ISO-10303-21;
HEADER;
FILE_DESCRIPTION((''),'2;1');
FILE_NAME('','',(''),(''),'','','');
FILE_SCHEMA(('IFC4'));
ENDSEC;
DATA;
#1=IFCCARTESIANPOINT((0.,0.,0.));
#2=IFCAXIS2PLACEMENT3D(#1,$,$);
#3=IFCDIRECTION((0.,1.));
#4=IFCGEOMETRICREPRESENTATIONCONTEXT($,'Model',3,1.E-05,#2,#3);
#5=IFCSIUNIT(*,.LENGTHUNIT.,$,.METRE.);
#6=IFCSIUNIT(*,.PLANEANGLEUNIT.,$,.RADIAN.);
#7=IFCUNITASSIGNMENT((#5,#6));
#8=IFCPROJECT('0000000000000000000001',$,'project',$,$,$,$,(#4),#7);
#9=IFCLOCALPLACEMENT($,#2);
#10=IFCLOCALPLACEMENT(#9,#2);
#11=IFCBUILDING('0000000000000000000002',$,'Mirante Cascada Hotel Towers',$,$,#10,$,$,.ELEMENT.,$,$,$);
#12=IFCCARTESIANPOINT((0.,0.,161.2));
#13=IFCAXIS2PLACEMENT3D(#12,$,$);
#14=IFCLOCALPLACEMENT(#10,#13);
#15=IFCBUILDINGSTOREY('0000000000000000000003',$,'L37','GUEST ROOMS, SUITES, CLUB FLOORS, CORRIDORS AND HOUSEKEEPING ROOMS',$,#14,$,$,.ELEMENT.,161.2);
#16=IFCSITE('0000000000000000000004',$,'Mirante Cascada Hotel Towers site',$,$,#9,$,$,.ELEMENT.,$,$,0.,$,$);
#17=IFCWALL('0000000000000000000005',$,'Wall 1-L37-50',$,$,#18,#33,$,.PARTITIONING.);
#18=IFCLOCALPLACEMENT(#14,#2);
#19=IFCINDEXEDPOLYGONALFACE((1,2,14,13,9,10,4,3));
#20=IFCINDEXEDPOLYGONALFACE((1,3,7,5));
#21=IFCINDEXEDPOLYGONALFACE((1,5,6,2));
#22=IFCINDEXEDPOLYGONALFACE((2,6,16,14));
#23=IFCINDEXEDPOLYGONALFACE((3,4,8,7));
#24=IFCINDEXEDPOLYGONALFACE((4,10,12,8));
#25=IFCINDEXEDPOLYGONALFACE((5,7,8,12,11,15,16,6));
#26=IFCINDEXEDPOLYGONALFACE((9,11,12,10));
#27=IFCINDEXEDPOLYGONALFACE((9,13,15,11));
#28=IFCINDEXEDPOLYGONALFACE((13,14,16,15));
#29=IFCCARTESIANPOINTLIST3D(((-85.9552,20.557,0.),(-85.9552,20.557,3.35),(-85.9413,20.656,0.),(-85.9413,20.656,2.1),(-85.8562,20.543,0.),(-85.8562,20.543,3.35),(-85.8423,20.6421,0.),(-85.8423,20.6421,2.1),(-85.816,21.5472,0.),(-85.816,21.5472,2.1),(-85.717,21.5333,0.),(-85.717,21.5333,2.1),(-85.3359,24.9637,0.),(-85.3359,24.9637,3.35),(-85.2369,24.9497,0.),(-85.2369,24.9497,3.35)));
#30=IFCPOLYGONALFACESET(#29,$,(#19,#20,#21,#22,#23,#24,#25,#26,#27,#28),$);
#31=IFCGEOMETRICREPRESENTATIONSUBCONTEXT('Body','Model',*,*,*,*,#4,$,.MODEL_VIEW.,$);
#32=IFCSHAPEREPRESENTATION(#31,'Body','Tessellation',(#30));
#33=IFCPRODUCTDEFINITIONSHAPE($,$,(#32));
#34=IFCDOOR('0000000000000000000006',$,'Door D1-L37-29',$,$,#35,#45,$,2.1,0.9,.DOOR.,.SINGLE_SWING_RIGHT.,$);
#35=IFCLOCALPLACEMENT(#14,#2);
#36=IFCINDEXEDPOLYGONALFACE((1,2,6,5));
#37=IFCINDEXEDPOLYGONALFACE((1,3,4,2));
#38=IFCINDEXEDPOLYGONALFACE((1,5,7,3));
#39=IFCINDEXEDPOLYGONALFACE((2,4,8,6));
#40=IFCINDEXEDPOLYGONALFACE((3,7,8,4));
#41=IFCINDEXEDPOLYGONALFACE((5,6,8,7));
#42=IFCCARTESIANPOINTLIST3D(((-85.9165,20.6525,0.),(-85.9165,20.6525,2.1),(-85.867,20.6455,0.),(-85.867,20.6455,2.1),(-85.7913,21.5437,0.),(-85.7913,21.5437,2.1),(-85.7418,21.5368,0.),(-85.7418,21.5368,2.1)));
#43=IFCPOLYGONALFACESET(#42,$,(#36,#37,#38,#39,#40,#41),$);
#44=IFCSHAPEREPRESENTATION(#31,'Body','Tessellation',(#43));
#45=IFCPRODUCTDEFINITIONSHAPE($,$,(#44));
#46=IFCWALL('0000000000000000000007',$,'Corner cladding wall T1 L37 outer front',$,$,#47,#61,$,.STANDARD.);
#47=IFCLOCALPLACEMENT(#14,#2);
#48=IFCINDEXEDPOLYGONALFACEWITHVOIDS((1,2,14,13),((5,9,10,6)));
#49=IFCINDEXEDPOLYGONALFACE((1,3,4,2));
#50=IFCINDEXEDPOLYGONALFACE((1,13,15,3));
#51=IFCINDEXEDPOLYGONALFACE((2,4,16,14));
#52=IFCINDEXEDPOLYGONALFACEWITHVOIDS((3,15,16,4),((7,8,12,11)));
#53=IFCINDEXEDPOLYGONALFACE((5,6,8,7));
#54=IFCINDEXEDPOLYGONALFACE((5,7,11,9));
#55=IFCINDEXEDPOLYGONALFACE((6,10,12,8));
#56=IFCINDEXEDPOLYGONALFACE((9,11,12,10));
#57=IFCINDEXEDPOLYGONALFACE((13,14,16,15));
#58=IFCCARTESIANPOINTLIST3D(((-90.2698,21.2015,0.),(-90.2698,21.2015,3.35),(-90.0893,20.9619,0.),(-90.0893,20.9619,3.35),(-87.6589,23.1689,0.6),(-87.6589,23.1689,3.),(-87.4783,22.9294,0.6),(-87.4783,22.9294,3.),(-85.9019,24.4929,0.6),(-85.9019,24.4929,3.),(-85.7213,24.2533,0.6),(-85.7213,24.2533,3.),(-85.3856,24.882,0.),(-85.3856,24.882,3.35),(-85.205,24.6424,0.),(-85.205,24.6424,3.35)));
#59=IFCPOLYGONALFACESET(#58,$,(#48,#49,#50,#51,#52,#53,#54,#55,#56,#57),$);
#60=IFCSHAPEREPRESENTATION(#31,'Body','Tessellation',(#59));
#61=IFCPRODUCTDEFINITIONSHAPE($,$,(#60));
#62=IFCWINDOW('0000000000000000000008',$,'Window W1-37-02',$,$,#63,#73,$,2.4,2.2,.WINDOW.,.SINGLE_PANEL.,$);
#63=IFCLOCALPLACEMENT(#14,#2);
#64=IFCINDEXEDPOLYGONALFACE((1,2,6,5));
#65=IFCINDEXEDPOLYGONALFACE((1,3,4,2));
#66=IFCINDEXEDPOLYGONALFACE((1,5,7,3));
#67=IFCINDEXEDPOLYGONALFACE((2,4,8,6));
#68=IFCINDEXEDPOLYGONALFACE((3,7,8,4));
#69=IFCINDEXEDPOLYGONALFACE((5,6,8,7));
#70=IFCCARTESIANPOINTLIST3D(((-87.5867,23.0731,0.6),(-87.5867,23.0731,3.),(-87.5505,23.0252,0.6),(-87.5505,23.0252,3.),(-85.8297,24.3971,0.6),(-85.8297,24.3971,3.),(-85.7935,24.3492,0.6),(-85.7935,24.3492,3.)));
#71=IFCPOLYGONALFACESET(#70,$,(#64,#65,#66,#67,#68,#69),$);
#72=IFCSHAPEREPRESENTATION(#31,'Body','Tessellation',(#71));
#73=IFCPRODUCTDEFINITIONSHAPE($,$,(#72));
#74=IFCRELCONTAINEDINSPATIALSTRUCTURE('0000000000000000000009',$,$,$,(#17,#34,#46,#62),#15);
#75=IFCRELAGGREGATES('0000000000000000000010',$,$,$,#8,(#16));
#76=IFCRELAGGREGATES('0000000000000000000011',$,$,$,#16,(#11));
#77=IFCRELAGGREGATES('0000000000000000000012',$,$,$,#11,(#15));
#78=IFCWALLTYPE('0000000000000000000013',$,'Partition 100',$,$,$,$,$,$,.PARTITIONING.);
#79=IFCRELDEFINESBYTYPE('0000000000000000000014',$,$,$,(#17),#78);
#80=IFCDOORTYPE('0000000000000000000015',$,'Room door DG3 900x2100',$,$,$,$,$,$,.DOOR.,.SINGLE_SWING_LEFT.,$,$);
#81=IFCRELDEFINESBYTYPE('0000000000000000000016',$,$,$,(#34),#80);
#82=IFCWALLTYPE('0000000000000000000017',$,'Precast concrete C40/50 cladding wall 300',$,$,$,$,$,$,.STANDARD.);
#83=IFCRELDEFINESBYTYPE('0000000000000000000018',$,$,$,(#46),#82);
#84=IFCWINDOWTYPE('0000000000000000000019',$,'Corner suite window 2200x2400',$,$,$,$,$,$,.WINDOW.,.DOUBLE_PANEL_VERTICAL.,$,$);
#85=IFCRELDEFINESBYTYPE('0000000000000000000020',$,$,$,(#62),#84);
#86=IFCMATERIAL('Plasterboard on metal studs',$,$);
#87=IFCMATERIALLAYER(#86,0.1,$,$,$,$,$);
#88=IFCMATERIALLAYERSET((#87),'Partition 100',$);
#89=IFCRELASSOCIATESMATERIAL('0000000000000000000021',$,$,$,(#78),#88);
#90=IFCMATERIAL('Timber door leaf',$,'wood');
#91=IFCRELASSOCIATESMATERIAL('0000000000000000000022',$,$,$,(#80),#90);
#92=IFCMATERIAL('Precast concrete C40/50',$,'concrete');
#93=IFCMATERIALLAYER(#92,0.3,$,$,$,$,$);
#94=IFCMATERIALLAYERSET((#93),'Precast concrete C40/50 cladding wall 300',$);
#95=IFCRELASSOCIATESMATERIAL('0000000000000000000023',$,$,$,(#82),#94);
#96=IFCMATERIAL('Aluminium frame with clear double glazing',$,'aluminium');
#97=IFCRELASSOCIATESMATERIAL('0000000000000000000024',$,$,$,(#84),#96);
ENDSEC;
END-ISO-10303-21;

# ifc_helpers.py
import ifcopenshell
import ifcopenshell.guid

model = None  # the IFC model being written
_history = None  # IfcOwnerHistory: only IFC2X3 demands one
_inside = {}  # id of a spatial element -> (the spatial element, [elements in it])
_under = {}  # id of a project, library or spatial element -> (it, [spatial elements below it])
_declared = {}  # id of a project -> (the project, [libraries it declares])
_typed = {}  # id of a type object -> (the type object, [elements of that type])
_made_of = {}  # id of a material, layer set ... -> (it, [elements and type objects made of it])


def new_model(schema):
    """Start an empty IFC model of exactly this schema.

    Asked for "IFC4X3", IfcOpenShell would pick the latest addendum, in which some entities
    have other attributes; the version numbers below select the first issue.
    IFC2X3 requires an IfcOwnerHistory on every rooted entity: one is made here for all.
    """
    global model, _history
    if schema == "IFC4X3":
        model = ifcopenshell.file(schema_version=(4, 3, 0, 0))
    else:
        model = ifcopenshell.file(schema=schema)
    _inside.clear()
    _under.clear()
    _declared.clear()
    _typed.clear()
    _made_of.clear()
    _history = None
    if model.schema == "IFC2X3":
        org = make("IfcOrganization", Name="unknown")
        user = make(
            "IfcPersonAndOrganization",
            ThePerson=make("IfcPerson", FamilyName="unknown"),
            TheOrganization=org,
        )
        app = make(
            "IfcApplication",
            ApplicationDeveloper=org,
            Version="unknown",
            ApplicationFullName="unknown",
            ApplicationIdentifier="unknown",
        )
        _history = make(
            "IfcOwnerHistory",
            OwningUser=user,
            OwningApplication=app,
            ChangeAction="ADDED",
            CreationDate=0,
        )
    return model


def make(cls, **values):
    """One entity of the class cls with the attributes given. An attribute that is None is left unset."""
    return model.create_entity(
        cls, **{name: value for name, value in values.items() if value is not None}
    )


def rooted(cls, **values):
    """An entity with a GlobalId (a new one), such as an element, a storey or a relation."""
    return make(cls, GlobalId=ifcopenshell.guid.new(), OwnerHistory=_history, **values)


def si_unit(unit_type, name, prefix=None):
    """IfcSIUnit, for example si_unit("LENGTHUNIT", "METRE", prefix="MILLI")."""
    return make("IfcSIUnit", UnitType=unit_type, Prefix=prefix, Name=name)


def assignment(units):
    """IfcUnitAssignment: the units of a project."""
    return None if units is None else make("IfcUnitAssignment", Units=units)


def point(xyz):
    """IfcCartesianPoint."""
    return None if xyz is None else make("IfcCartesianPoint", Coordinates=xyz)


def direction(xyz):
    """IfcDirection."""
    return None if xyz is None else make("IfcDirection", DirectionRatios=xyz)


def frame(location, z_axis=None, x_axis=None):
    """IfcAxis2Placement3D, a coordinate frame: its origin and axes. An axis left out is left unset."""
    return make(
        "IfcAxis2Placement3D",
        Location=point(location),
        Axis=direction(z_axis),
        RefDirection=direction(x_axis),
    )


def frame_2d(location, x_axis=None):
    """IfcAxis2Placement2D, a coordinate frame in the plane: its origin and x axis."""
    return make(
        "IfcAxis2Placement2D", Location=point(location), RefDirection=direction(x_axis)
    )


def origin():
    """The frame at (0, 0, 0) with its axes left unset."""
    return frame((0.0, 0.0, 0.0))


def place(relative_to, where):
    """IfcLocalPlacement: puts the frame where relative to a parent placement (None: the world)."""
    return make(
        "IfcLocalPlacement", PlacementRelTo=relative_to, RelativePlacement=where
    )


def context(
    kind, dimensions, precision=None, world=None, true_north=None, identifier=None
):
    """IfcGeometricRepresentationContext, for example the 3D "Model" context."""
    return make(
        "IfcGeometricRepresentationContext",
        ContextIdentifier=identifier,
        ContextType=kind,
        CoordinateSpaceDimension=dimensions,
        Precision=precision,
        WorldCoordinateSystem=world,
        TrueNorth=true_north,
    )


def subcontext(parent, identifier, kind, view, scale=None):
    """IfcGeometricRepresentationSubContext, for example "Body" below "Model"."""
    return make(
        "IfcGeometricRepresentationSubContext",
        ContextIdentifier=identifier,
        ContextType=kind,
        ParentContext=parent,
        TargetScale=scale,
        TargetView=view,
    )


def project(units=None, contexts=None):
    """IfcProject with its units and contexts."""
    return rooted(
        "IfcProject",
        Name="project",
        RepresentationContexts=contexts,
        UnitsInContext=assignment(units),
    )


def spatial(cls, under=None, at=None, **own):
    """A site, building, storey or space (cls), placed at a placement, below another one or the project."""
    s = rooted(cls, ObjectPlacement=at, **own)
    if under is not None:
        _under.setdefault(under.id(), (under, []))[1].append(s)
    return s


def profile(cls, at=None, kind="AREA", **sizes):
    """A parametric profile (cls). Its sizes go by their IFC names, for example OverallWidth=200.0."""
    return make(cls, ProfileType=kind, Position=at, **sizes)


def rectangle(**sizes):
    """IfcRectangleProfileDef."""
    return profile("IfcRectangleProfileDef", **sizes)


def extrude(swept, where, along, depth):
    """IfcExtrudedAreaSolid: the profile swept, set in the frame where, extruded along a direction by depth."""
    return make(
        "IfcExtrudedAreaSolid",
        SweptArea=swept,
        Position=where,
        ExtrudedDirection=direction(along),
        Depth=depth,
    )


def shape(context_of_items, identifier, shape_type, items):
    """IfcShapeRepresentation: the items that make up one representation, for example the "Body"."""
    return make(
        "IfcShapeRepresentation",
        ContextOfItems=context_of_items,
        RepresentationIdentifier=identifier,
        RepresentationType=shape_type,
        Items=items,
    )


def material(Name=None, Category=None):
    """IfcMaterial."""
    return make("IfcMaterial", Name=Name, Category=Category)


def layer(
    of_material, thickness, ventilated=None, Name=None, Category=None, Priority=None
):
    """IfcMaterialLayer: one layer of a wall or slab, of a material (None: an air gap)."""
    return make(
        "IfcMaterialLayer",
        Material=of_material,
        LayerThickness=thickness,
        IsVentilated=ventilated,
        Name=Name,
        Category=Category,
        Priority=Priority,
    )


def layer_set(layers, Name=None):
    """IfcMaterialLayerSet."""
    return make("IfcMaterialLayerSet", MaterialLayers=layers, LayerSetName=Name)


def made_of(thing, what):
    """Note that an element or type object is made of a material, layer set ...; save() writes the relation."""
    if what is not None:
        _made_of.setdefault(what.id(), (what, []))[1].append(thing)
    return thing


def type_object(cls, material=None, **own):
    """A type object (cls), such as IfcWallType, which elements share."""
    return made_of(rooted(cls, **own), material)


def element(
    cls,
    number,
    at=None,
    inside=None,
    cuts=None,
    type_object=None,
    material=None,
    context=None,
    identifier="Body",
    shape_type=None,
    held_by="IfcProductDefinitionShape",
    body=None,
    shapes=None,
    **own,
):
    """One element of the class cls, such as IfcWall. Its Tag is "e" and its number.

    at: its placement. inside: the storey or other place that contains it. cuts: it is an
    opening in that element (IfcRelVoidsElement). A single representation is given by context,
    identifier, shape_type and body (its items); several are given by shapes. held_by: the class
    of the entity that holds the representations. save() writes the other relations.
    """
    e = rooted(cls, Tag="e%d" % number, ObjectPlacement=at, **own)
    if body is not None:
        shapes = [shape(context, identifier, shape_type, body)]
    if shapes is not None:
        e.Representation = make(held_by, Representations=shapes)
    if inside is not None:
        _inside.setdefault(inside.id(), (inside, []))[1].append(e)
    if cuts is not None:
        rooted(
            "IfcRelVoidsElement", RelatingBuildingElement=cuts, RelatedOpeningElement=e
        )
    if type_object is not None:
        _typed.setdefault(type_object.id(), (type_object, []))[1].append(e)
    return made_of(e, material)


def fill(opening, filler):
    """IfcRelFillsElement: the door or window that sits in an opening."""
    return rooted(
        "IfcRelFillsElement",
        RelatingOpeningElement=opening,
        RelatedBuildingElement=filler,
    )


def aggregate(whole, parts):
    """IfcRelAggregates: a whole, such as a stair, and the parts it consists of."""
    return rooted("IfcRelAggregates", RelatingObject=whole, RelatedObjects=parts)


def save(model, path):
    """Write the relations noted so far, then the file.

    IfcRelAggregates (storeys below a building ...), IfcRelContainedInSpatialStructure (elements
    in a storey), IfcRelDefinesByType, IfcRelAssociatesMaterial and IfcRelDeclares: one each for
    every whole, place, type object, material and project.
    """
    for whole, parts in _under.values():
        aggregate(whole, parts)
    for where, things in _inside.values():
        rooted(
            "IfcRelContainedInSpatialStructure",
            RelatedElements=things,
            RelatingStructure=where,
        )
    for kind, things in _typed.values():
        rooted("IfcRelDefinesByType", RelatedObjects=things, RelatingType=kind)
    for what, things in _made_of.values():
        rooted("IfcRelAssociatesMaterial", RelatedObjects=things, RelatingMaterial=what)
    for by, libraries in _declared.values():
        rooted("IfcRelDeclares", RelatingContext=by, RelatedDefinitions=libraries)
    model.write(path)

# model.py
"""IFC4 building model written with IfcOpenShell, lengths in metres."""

from ifc_helpers import new_model, si_unit, direction, frame, frame_2d, origin, place, context, subcontext, project, spatial, rectangle, extrude, material, layer, layer_set, type_object, element, fill, save


model = new_model("IFC4")

# Units and contexts
model_context = context("Model", 3, precision=1e-05, world=origin(), true_north=direction((0.0, 1.0)))
body_context = subcontext(model_context, "Body", "Model", "MODEL_VIEW")
ifc_project = project(units=[si_unit("LENGTHUNIT", "METRE"), si_unit("PLANEANGLEUNIT", "RADIAN")], contexts=[model_context])

# Site, building, storey
site_placement = place(None, origin())
site = spatial("IfcSite", under=ifc_project, at=site_placement, Name="Mirante Cascada Hotel Towers site", CompositionType="ELEMENT", RefElevation=0.0)
building_placement = place(site_placement, origin())
building = spatial("IfcBuilding", under=site, at=building_placement, Name="Mirante Cascada Hotel Towers", CompositionType="ELEMENT")
storey_placement = place(building_placement, frame((0.0, 0.0, 161.2)))
storey = spatial("IfcBuildingStorey", under=building, at=storey_placement, Name="L37", Description="GUEST ROOMS, SUITES, CLUB FLOORS, CORRIDORS AND HOUSEKEEPING ROOMS", CompositionType="ELEMENT", Elevation=161.2)

# Shared definitions
ifc_material_1 = material(Name="Plasterboard on metal studs")
ifc_layer_1 = layer(ifc_material_1, 0.1)
ifc_layer_set_1 = layer_set([ifc_layer_1], Name="Partition 100")
wall_type_1 = type_object("IfcWallType", Name="Partition 100", PredefinedType="PARTITIONING", material=ifc_layer_set_1)

# Wall, opening, door
wall_1_placement = place(storey_placement, frame((-85.9057, 20.55, 0.0), z_axis=(0.0, 0.0, 1.0), x_axis=(0.139168, 0.990269, 0.0)))
wall_1 = element("IfcWall", 1, at=wall_1_placement, inside=storey, type_object=wall_type_1, Name="Wall 1-L37-50", PredefinedType="PARTITIONING", context=body_context, shape_type="SweptSolid", body=[
    extrude(rectangle(XDim=4.45, YDim=0.1, at=frame_2d((2.225, 0.0))), origin(), (0.0, 0.0, 1.0), 3.35),
])
opening_1_placement = place(wall_1_placement, frame((0.1, 0.0, 0.0)))
opening_1 = element("IfcOpeningElement", 2, at=opening_1_placement, cuts=wall_1, PredefinedType="OPENING", context=body_context, shape_type="SweptSolid", body=[
    extrude(rectangle(XDim=0.9, YDim=2.1, at=frame_2d((0.45, 1.05))), frame((0.0, 0.05, 0.0), z_axis=(0.0, -1.0, 0.0), x_axis=(1.0, 0.0, 0.0)), (0.0, 0.0, 1.0), 0.1),
])
ifc_material_2 = material(Name="Timber door leaf", Category="wood")
door_type = type_object("IfcDoorType", Name="Room door DG3 900x2100", OperationType="SINGLE_SWING_LEFT", PredefinedType="DOOR", material=ifc_material_2)
door_placement = place(opening_1_placement, frame((0.9, 0.0, 0.0), z_axis=(0.0, 0.0, 1.0), x_axis=(-1.0, 0.0, 0.0)))
door = element("IfcDoor", 3, at=door_placement, inside=storey, type_object=door_type, Name="Door D1-L37-29", OperationType="SINGLE_SWING_RIGHT", OverallHeight=2.1, OverallWidth=0.9, PredefinedType="DOOR", context=body_context, shape_type="SweptSolid", body=[
    extrude(rectangle(XDim=0.9, YDim=2.1, at=frame_2d((0.45, 1.05))), frame((0.0, 0.025, 0.0), z_axis=(0.0, -1.0, 0.0), x_axis=(1.0, 0.0, 0.0)), (0.0, 0.0, 1.0), 0.05),
])
fill(opening_1, door)

# Wall, opening, window
ifc_material_3 = material(Name="Precast concrete C40/50", Category="concrete")
ifc_layer_2 = layer(ifc_material_3, 0.3)
ifc_layer_set_2 = layer_set([ifc_layer_2], Name="Precast concrete C40/50 cladding wall 300")
wall_type_2 = type_object("IfcWallType", Name="Precast concrete C40/50 cladding wall 300", PredefinedType="STANDARD", material=ifc_layer_set_2)
wall_2_placement = place(storey_placement, frame((-90.1795, 21.0817, 0.0), z_axis=(0.0, 0.0, 1.0), x_axis=(0.798636, 0.601814, 0.0)))
wall_2 = element("IfcWall", 4, at=wall_2_placement, inside=storey, type_object=wall_type_2, Name="Corner cladding wall T1 L37 outer front", PredefinedType="STANDARD", context=body_context, shape_type="SweptSolid", body=[
    extrude(rectangle(XDim=6.1157, YDim=0.3, at=frame_2d((3.0578, 0.0))), origin(), (0.0, 0.0, 1.0), 3.35),
])
opening_2_placement = place(wall_2_placement, frame((3.2692, 0.0, 0.6)))
opening_2 = element("IfcOpeningElement", 5, at=opening_2_placement, cuts=wall_2, PredefinedType="OPENING", context=body_context, shape_type="SweptSolid", body=[
    extrude(rectangle(XDim=2.2, YDim=2.4, at=frame_2d((1.1, 1.2))), frame((0.0, 0.15, 0.0), z_axis=(0.0, -1.0, 0.0), x_axis=(1.0, 0.0, 0.0)), (0.0, 0.0, 1.0), 0.3),
])
ifc_material_4 = material(Name="Aluminium frame with clear double glazing", Category="aluminium")
window_type = type_object("IfcWindowType", Name="Corner suite window 2200x2400", PartitioningType="DOUBLE_PANEL_VERTICAL", PredefinedType="WINDOW", material=ifc_material_4)
window_placement = place(opening_2_placement, origin())
window = element("IfcWindow", 6, at=window_placement, inside=storey, type_object=window_type, Name="Window W1-37-02", OverallHeight=2.4, OverallWidth=2.2, PartitioningType="SINGLE_PANEL", PredefinedType="WINDOW", context=body_context, shape_type="SweptSolid", body=[
    extrude(rectangle(XDim=2.2, YDim=2.4, at=frame_2d((1.1, 1.2))), frame((0.0, 0.03, 0.0), z_axis=(0.0, -1.0, 0.0), x_axis=(1.0, 0.0, 0.0)), (0.0, 0.0, 1.0), 0.06),
])
fill(opening_2, window)

save(model, "model.ifc")
